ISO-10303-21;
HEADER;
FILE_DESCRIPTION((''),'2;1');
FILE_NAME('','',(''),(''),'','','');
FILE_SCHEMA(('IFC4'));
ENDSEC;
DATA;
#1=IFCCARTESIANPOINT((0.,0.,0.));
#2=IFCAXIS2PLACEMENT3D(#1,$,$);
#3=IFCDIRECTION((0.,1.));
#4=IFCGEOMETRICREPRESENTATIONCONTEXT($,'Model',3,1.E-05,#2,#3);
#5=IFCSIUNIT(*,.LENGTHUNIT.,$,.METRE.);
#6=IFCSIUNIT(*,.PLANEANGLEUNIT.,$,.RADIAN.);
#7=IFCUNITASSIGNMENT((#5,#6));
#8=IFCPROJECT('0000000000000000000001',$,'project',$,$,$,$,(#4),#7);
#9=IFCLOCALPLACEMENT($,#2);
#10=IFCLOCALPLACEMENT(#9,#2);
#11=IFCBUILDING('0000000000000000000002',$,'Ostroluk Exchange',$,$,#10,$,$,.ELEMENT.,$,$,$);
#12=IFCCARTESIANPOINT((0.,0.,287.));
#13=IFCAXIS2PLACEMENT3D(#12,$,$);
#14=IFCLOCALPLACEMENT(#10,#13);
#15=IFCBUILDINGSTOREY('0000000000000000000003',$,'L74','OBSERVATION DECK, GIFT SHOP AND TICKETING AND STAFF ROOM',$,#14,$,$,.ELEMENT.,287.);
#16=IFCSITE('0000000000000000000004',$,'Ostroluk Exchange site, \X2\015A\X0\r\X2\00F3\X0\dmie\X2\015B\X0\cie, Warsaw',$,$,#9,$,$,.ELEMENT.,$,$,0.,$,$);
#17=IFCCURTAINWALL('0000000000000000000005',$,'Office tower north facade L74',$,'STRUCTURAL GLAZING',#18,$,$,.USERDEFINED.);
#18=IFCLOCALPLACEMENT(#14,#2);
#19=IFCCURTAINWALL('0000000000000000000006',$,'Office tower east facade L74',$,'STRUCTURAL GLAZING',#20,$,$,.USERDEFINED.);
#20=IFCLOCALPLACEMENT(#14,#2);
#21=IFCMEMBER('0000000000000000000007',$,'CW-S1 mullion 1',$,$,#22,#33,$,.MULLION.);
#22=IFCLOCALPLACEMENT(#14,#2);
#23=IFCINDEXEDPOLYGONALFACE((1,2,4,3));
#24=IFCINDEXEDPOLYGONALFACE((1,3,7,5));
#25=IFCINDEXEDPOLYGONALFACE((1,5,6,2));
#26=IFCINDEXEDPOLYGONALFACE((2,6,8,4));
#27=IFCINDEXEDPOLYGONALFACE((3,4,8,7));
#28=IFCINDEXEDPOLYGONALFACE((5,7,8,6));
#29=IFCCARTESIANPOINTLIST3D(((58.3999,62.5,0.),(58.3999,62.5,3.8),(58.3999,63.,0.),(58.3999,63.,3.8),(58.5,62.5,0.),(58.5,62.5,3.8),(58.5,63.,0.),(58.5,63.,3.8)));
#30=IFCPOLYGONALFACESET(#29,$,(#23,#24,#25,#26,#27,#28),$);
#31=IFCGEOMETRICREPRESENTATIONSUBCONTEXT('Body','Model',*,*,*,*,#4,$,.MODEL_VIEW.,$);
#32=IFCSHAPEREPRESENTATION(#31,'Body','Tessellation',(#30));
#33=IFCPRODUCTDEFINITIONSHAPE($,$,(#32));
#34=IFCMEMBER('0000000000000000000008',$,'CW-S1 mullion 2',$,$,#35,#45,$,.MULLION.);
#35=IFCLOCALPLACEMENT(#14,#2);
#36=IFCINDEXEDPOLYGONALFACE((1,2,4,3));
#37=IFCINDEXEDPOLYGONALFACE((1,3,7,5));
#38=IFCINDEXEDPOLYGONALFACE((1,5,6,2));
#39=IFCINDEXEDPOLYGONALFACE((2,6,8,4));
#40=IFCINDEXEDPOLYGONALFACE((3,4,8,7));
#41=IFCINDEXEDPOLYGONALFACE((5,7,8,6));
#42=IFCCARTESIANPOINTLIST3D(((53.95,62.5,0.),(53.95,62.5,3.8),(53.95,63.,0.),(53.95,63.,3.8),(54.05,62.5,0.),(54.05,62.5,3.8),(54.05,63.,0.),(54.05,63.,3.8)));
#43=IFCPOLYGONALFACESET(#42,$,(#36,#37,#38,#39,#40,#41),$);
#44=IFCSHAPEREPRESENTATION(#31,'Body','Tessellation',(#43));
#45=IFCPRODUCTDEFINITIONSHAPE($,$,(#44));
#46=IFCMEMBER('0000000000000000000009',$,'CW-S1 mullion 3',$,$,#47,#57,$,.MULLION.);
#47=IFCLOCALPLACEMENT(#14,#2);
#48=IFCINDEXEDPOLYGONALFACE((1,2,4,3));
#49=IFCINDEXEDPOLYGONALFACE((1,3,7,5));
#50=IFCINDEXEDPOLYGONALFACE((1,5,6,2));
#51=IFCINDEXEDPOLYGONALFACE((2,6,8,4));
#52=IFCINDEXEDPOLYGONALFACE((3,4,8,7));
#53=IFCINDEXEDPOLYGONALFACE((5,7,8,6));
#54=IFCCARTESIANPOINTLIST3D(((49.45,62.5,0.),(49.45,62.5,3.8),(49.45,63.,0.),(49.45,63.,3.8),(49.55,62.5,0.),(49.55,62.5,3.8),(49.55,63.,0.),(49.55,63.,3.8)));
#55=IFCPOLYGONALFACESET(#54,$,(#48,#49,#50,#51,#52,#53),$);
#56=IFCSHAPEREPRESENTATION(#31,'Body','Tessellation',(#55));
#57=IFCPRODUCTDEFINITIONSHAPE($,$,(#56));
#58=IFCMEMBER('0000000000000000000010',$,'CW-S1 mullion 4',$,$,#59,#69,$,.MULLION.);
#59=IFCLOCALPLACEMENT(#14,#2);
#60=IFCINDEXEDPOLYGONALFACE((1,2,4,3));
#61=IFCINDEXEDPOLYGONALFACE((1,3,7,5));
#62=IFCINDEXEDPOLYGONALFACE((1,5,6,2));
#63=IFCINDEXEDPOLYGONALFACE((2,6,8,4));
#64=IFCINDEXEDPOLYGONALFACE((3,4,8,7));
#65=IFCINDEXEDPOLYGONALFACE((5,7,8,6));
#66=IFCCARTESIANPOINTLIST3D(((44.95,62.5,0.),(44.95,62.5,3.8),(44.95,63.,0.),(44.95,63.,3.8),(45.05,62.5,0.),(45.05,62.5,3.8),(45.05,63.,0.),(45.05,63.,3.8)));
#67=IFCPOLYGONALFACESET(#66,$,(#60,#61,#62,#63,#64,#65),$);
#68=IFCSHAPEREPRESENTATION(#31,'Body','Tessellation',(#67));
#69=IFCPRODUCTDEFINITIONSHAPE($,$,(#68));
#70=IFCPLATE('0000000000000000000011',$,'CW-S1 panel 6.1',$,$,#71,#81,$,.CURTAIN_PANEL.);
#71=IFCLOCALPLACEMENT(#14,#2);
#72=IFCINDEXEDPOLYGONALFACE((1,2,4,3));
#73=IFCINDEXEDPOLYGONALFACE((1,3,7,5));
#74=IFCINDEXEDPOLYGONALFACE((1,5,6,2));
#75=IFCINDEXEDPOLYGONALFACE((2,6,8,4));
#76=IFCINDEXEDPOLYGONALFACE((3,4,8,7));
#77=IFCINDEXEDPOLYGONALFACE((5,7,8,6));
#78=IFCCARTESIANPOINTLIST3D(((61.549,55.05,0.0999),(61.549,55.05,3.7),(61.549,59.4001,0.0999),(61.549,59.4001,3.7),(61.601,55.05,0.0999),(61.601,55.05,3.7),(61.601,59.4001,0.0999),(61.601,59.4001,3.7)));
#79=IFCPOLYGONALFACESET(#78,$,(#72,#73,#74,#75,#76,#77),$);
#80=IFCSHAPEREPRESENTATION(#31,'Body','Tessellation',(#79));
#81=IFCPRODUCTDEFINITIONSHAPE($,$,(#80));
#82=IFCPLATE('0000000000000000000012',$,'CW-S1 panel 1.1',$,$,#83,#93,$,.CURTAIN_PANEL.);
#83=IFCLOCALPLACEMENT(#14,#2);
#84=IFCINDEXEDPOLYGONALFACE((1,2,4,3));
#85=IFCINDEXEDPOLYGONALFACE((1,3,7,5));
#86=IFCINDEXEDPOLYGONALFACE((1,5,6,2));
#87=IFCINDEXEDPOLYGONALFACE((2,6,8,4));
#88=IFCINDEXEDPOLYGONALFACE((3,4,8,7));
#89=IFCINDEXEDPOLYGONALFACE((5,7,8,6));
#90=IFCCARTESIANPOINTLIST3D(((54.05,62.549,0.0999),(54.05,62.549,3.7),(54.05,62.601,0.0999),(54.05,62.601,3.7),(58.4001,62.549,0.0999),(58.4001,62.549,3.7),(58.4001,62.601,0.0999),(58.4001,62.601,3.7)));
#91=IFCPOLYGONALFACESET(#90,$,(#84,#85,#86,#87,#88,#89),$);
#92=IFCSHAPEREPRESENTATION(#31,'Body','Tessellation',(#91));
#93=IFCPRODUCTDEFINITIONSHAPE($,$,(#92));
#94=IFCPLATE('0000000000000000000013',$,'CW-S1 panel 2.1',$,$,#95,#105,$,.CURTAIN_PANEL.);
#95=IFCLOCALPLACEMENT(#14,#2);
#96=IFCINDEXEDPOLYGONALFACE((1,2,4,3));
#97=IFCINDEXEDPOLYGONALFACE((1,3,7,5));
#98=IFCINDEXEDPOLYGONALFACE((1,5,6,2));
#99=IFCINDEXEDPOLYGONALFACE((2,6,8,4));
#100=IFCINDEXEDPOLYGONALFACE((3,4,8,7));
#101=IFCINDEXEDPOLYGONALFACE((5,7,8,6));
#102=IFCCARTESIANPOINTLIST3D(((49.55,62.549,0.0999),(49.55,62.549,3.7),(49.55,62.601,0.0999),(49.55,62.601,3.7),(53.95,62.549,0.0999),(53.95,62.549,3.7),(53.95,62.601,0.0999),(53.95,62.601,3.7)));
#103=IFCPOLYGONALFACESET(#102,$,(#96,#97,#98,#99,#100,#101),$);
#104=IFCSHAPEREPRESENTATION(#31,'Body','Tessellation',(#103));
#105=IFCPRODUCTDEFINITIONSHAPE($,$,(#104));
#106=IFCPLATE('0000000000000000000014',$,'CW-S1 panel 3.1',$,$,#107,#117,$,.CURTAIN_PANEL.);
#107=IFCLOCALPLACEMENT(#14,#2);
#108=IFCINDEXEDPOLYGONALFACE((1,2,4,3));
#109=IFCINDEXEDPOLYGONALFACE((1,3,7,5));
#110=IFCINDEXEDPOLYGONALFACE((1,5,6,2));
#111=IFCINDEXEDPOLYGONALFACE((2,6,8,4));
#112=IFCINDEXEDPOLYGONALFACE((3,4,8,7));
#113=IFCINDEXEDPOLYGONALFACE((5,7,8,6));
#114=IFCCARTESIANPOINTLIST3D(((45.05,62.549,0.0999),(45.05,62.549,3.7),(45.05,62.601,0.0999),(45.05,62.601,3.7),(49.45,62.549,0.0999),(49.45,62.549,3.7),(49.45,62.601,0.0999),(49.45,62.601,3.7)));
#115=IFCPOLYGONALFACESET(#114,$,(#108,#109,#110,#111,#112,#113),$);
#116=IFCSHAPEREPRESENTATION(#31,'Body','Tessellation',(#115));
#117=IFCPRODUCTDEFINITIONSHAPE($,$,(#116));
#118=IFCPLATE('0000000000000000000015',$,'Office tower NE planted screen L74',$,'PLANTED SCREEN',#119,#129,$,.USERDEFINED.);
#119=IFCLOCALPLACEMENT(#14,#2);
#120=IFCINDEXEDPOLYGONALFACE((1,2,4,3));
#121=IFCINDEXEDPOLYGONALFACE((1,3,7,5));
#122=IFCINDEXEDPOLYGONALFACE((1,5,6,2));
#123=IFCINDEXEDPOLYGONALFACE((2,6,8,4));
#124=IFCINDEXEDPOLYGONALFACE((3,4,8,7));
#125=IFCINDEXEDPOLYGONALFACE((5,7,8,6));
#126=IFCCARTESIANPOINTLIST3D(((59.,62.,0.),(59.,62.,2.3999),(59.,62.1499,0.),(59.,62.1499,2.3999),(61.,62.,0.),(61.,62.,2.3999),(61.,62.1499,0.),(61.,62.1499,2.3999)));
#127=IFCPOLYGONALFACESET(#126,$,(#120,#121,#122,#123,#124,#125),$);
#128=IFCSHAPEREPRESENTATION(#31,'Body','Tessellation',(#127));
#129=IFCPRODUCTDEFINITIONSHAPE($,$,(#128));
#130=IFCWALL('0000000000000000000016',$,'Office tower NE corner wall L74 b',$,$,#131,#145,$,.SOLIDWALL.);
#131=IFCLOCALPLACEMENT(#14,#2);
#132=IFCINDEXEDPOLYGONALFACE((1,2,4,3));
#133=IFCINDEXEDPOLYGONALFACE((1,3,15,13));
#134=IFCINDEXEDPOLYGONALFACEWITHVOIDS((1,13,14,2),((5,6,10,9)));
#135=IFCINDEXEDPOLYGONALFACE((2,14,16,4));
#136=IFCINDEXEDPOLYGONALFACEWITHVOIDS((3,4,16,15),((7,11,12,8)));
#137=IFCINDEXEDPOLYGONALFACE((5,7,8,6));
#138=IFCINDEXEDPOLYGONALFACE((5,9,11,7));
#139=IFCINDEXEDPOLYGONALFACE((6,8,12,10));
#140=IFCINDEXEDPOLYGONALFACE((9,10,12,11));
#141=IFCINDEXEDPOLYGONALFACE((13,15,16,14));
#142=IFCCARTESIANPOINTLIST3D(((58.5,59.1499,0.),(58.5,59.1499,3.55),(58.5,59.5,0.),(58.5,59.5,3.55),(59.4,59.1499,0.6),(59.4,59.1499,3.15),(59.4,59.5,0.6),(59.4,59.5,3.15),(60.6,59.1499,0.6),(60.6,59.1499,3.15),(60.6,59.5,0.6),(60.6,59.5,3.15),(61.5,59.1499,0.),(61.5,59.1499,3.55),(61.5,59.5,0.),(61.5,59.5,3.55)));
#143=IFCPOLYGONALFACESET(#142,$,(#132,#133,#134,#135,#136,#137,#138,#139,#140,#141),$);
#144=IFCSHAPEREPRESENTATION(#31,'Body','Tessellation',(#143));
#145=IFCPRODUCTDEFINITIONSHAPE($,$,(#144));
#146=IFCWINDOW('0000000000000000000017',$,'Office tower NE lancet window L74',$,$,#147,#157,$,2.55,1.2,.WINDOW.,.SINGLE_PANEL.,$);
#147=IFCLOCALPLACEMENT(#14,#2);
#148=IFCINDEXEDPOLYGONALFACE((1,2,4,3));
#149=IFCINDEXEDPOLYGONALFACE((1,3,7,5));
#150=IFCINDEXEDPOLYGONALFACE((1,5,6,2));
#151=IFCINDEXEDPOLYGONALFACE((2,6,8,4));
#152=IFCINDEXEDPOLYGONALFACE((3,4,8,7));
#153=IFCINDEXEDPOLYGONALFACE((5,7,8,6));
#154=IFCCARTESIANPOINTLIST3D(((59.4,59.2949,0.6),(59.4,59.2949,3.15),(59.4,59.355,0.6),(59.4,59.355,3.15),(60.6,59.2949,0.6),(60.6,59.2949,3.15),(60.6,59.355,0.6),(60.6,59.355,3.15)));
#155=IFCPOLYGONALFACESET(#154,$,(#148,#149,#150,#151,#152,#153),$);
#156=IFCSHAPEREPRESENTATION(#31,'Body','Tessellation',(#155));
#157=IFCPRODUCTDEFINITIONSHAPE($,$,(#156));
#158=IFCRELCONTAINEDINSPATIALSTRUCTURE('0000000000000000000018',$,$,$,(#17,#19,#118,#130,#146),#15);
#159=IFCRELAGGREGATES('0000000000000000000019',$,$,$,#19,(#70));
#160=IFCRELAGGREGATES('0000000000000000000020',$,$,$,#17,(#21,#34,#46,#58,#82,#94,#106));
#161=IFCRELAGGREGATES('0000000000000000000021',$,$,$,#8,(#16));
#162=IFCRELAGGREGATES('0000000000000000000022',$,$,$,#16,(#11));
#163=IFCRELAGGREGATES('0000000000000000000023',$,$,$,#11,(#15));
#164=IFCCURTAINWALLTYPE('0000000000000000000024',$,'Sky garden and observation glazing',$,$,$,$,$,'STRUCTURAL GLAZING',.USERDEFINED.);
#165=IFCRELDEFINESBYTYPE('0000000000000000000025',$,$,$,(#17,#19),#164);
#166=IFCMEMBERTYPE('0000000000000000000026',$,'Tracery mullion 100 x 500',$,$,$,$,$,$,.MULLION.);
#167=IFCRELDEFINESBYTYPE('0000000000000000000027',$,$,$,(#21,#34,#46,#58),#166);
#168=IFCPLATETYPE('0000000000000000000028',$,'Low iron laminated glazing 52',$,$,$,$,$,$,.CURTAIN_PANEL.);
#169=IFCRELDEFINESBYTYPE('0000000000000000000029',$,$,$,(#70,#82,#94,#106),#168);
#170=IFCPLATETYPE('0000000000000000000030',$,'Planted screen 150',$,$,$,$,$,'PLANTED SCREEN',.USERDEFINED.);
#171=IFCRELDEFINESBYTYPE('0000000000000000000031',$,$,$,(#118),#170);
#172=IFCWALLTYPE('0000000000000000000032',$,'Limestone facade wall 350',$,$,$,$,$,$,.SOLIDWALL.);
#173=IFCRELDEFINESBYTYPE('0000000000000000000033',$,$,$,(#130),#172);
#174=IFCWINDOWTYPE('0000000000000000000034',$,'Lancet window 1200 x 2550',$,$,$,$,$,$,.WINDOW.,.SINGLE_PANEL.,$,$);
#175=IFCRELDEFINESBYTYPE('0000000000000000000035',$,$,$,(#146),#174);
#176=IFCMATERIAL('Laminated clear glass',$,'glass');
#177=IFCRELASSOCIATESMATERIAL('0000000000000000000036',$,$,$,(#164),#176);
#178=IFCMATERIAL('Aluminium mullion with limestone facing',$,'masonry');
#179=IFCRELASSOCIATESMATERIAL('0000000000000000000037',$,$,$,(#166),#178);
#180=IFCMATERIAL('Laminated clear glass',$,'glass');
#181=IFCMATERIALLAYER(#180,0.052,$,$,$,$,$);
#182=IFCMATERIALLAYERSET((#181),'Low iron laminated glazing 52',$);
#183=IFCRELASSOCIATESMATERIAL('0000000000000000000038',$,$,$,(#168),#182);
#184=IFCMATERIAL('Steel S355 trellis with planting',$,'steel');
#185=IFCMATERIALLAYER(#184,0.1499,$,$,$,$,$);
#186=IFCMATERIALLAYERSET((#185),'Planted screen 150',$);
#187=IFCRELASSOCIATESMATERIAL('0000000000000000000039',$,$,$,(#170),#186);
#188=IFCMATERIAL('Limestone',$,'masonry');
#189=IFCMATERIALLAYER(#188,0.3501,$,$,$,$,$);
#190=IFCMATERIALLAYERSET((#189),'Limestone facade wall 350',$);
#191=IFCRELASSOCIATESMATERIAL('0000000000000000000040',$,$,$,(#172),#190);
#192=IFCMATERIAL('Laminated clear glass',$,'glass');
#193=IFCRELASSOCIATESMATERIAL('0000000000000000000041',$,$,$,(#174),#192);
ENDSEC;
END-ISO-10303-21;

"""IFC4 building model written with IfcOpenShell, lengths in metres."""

from ifc_helpers import new_model, si_unit, direction, frame, frame_2d, origin, origin_2d, place, context, subcontext, project, spatial, rectangle, extrude, material, layer, layer_set, material_profile, profile_set, type_object, element, fill, aggregate, save


model = new_model("IFC4")

# Units and contexts
model_context = context("Model", 3, precision=1e-05, world=origin(), true_north=direction((0.0, 1.0)))
body_context = subcontext(model_context, "Body", "Model", "MODEL_VIEW")
ifc_project = project(units=[si_unit("LENGTHUNIT", "METRE"), si_unit("PLANEANGLEUNIT", "RADIAN")], contexts=[model_context])

# Site, building, storey
site_placement = place(None, origin())
site = spatial("IfcSite", under=ifc_project, at=site_placement, Name="Ostroluk Exchange site, Śródmieście, Warsaw", CompositionType="ELEMENT", RefElevation=0.0)
building_placement = place(site_placement, origin())
building = spatial("IfcBuilding", under=site, at=building_placement, Name="Ostroluk Exchange", CompositionType="ELEMENT")
storey_placement = place(building_placement, frame((0.0, 0.0, 287.0)))
storey = spatial("IfcBuildingStorey", under=building, at=storey_placement, Name="L74", Description="OBSERVATION DECK, GIFT SHOP AND TICKETING AND STAFF ROOM", CompositionType="ELEMENT", Elevation=287.0)

# Curtain wall
ifc_material_1 = material(Name="Laminated clear glass", Category="glass")
curtain_wall_type = type_object("IfcCurtainWallType", Name="Sky garden and observation glazing", ElementType="STRUCTURAL GLAZING", PredefinedType="USERDEFINED", material=ifc_material_1)
curtain_wall_1_placement = place(storey_placement, origin())
curtain_wall_1 = element("IfcCurtainWall", 1, at=curtain_wall_1_placement, inside=storey, type_object=curtain_wall_type, Name="Office tower north facade L74", ObjectType="STRUCTURAL GLAZING", PredefinedType="USERDEFINED")

# Curtain wall
curtain_wall_2_placement = place(storey_placement, origin())
curtain_wall_2 = element("IfcCurtainWall", 2, at=curtain_wall_2_placement, inside=storey, type_object=curtain_wall_type, Name="Office tower east facade L74", ObjectType="STRUCTURAL GLAZING", PredefinedType="USERDEFINED")
ifc_material_2 = material(Name="Aluminium mullion with limestone facing", Category="masonry")
ifc_material_profile_1 = material_profile(ifc_material_2, rectangle(XDim=0.5, YDim=0.1001, at=origin_2d()), Name="Tracery mullion 100 x 500")
ifc_profile_set_1 = profile_set([ifc_material_profile_1], Name="Aluminium mullion with limestone facing")
member_type_1 = type_object("IfcMemberType", Name="Tracery mullion 100 x 500", PredefinedType="MULLION", material=ifc_profile_set_1)

# Members
member_1_placement = place(storey_placement, frame((58.45, 62.75, 0.0), z_axis=(0.0, 0.0, 1.0), x_axis=(0.0, -1.0, 0.0)))
member_1 = element("IfcMember", 3, at=member_1_placement, type_object=member_type_1, Name="CW-S1 mullion 1", PredefinedType="MULLION", context=body_context, shape_type="SweptSolid", body=[
    extrude(rectangle(XDim=0.5, YDim=0.1001, at=origin_2d()), origin(), (0.0, 0.0, 1.0), 3.8),
])
member_2_placement = place(storey_placement, frame((54.0, 62.75, 0.0), z_axis=(0.0, 0.0, 1.0), x_axis=(0.0, -1.0, 0.0)))
member_2 = element("IfcMember", 4, at=member_2_placement, type_object=member_type_1, Name="CW-S1 mullion 2", PredefinedType="MULLION", context=body_context, shape_type="SweptSolid", body=[
    extrude(rectangle(XDim=0.5, YDim=0.1001, at=origin_2d()), origin(), (0.0, 0.0, 1.0), 3.8),
])
member_3_placement = place(storey_placement, frame((49.5, 62.75, 0.0), z_axis=(0.0, 0.0, 1.0), x_axis=(0.0, -1.0, 0.0)))
member_3 = element("IfcMember", 5, at=member_3_placement, type_object=member_type_1, Name="CW-S1 mullion 3", PredefinedType="MULLION", context=body_context, shape_type="SweptSolid", body=[
    extrude(rectangle(XDim=0.5, YDim=0.1001, at=origin_2d()), origin(), (0.0, 0.0, 1.0), 3.8),
])
member_4_placement = place(storey_placement, frame((45.0, 62.75, 0.0), z_axis=(0.0, 0.0, 1.0), x_axis=(0.0, -1.0, 0.0)))
member_4 = element("IfcMember", 6, at=member_4_placement, type_object=member_type_1, Name="CW-S1 mullion 4", PredefinedType="MULLION", context=body_context, shape_type="SweptSolid", body=[
    extrude(rectangle(XDim=0.5, YDim=0.1001, at=origin_2d()), origin(), (0.0, 0.0, 1.0), 3.8),
])

# Plates
ifc_material_3 = material(Name="Laminated clear glass", Category="glass")
ifc_layer_1 = layer(ifc_material_3, 0.052)
ifc_layer_set_1 = layer_set([ifc_layer_1], Name="Low iron laminated glazing 52")
plate_type_1 = type_object("IfcPlateType", Name="Low iron laminated glazing 52", PredefinedType="CURTAIN_PANEL", material=ifc_layer_set_1)
plate_1_placement = place(storey_placement, frame((61.575, 57.2251, 0.0999), z_axis=(0.0, 0.0, 1.0), x_axis=(0.0, 1.0, 0.0)))
plate_1 = element("IfcPlate", 7, at=plate_1_placement, type_object=plate_type_1, Name="CW-S1 panel 6.1", PredefinedType="CURTAIN_PANEL", context=body_context, shape_type="SweptSolid", body=[
    extrude(rectangle(XDim=4.3501, YDim=0.052, at=origin_2d()), origin(), (0.0, 0.0, 1.0), 3.6001),
])
aggregate(curtain_wall_2, [plate_1])
plate_2_placement = place(storey_placement, frame((56.2251, 62.575, 0.0999), z_axis=(0.0, 0.0, 1.0), x_axis=(-1.0, 0.0, 0.0)))
plate_2 = element("IfcPlate", 8, at=plate_2_placement, type_object=plate_type_1, Name="CW-S1 panel 1.1", PredefinedType="CURTAIN_PANEL", context=body_context, shape_type="SweptSolid", body=[
    extrude(rectangle(XDim=4.3501, YDim=0.052, at=origin_2d()), origin(), (0.0, 0.0, 1.0), 3.6001),
])
plate_3_placement = place(storey_placement, frame((51.75, 62.575, 0.0999), z_axis=(0.0, 0.0, 1.0), x_axis=(-1.0, 0.0, 0.0)))
plate_3 = element("IfcPlate", 9, at=plate_3_placement, type_object=plate_type_1, Name="CW-S1 panel 2.1", PredefinedType="CURTAIN_PANEL", context=body_context, shape_type="SweptSolid", body=[
    extrude(rectangle(XDim=4.3999, YDim=0.052, at=origin_2d()), origin(), (0.0, 0.0, 1.0), 3.6001),
])
plate_4_placement = place(storey_placement, frame((47.25, 62.575, 0.0999), z_axis=(0.0, 0.0, 1.0), x_axis=(-1.0, 0.0, 0.0)))
plate_4 = element("IfcPlate", 10, at=plate_4_placement, type_object=plate_type_1, Name="CW-S1 panel 3.1", PredefinedType="CURTAIN_PANEL", context=body_context, shape_type="SweptSolid", body=[
    extrude(rectangle(XDim=4.3999, YDim=0.052, at=origin_2d()), origin(), (0.0, 0.0, 1.0), 3.6001),
])
aggregate(curtain_wall_1, [member_1, member_2, member_3, member_4, plate_2, plate_3, plate_4])
ifc_material_4 = material(Name="Steel S355 trellis with planting", Category="steel")
ifc_layer_2 = layer(ifc_material_4, 0.1499)
ifc_layer_set_2 = layer_set([ifc_layer_2], Name="Planted screen 150")
plate_type_2 = type_object("IfcPlateType", Name="Planted screen 150", ElementType="PLANTED SCREEN", PredefinedType="USERDEFINED", material=ifc_layer_set_2)
plate_5_placement = place(storey_placement, frame((60.0, 62.075, 0.0), z_axis=(0.0, 0.0, 1.0), x_axis=(1.0, 0.0, 0.0)))
element("IfcPlate", 11, at=plate_5_placement, inside=storey, type_object=plate_type_2, Name="Office tower NE planted screen L74", ObjectType="PLANTED SCREEN", PredefinedType="USERDEFINED", context=body_context, shape_type="SweptSolid", body=[
    extrude(rectangle(XDim=2.0, YDim=0.1499, at=origin_2d()), origin(), (0.0, 0.0, 1.0), 2.3999),
])

# Shared definitions
ifc_material_5 = material(Name="Limestone", Category="masonry")
ifc_layer_3 = layer(ifc_material_5, 0.3501)
ifc_layer_set_3 = layer_set([ifc_layer_3], Name="Limestone facade wall 350")
wall_type_1 = type_object("IfcWallType", Name="Limestone facade wall 350", PredefinedType="SOLIDWALL", material=ifc_layer_set_3)

# Wall, opening, window
wall_1_placement = place(storey_placement, frame((58.5, 59.325, 0.0), z_axis=(0.0, 0.0, 1.0), x_axis=(1.0, 0.0, 0.0)))
wall_1 = element("IfcWall", 12, at=wall_1_placement, inside=storey, type_object=wall_type_1, Name="Office tower NE corner wall L74 b", PredefinedType="SOLIDWALL", context=body_context, shape_type="SweptSolid", body=[
    extrude(rectangle(XDim=3.0, YDim=0.3501, at=frame_2d((1.5, 0.0))), origin(), (0.0, 0.0, 1.0), 3.55),
])
opening_1_placement = place(wall_1_placement, frame((0.8999, 0.0, 0.6001)))
opening_1 = element("IfcOpeningElement", 13, at=opening_1_placement, cuts=wall_1, PredefinedType="OPENING", context=body_context, shape_type="SweptSolid", body=[
    extrude(rectangle(XDim=1.2, YDim=2.55, at=frame_2d((0.6001, 1.2749))), frame((0.0, 0.1851, 0.0), z_axis=(0.0, -1.0, 0.0), x_axis=(1.0, 0.0, 0.0)), (0.0, 0.0, 1.0), 0.3701),
])
ifc_material_6 = material(Name="Laminated clear glass", Category="glass")
window_type = type_object("IfcWindowType", Name="Lancet window 1200 x 2550", PartitioningType="SINGLE_PANEL", PredefinedType="WINDOW", material=ifc_material_6)
window_placement = place(opening_1_placement, origin())
window = element("IfcWindow", 14, at=window_placement, inside=storey, type_object=window_type, Name="Office tower NE lancet window L74", OverallHeight=2.55, OverallWidth=1.2, PartitioningType="SINGLE_PANEL", PredefinedType="WINDOW", context=body_context, shape_type="SweptSolid", body=[
    extrude(rectangle(XDim=1.2, YDim=2.55, at=frame_2d((0.6001, 1.2749))), frame((0.0, 0.03, 0.0), z_axis=(0.0, -1.0, 0.0), x_axis=(1.0, 0.0, 0.0)), (0.0, 0.0, 1.0), 0.0601),
])
fill(opening_1, window)

save(model, "model.ifc")
